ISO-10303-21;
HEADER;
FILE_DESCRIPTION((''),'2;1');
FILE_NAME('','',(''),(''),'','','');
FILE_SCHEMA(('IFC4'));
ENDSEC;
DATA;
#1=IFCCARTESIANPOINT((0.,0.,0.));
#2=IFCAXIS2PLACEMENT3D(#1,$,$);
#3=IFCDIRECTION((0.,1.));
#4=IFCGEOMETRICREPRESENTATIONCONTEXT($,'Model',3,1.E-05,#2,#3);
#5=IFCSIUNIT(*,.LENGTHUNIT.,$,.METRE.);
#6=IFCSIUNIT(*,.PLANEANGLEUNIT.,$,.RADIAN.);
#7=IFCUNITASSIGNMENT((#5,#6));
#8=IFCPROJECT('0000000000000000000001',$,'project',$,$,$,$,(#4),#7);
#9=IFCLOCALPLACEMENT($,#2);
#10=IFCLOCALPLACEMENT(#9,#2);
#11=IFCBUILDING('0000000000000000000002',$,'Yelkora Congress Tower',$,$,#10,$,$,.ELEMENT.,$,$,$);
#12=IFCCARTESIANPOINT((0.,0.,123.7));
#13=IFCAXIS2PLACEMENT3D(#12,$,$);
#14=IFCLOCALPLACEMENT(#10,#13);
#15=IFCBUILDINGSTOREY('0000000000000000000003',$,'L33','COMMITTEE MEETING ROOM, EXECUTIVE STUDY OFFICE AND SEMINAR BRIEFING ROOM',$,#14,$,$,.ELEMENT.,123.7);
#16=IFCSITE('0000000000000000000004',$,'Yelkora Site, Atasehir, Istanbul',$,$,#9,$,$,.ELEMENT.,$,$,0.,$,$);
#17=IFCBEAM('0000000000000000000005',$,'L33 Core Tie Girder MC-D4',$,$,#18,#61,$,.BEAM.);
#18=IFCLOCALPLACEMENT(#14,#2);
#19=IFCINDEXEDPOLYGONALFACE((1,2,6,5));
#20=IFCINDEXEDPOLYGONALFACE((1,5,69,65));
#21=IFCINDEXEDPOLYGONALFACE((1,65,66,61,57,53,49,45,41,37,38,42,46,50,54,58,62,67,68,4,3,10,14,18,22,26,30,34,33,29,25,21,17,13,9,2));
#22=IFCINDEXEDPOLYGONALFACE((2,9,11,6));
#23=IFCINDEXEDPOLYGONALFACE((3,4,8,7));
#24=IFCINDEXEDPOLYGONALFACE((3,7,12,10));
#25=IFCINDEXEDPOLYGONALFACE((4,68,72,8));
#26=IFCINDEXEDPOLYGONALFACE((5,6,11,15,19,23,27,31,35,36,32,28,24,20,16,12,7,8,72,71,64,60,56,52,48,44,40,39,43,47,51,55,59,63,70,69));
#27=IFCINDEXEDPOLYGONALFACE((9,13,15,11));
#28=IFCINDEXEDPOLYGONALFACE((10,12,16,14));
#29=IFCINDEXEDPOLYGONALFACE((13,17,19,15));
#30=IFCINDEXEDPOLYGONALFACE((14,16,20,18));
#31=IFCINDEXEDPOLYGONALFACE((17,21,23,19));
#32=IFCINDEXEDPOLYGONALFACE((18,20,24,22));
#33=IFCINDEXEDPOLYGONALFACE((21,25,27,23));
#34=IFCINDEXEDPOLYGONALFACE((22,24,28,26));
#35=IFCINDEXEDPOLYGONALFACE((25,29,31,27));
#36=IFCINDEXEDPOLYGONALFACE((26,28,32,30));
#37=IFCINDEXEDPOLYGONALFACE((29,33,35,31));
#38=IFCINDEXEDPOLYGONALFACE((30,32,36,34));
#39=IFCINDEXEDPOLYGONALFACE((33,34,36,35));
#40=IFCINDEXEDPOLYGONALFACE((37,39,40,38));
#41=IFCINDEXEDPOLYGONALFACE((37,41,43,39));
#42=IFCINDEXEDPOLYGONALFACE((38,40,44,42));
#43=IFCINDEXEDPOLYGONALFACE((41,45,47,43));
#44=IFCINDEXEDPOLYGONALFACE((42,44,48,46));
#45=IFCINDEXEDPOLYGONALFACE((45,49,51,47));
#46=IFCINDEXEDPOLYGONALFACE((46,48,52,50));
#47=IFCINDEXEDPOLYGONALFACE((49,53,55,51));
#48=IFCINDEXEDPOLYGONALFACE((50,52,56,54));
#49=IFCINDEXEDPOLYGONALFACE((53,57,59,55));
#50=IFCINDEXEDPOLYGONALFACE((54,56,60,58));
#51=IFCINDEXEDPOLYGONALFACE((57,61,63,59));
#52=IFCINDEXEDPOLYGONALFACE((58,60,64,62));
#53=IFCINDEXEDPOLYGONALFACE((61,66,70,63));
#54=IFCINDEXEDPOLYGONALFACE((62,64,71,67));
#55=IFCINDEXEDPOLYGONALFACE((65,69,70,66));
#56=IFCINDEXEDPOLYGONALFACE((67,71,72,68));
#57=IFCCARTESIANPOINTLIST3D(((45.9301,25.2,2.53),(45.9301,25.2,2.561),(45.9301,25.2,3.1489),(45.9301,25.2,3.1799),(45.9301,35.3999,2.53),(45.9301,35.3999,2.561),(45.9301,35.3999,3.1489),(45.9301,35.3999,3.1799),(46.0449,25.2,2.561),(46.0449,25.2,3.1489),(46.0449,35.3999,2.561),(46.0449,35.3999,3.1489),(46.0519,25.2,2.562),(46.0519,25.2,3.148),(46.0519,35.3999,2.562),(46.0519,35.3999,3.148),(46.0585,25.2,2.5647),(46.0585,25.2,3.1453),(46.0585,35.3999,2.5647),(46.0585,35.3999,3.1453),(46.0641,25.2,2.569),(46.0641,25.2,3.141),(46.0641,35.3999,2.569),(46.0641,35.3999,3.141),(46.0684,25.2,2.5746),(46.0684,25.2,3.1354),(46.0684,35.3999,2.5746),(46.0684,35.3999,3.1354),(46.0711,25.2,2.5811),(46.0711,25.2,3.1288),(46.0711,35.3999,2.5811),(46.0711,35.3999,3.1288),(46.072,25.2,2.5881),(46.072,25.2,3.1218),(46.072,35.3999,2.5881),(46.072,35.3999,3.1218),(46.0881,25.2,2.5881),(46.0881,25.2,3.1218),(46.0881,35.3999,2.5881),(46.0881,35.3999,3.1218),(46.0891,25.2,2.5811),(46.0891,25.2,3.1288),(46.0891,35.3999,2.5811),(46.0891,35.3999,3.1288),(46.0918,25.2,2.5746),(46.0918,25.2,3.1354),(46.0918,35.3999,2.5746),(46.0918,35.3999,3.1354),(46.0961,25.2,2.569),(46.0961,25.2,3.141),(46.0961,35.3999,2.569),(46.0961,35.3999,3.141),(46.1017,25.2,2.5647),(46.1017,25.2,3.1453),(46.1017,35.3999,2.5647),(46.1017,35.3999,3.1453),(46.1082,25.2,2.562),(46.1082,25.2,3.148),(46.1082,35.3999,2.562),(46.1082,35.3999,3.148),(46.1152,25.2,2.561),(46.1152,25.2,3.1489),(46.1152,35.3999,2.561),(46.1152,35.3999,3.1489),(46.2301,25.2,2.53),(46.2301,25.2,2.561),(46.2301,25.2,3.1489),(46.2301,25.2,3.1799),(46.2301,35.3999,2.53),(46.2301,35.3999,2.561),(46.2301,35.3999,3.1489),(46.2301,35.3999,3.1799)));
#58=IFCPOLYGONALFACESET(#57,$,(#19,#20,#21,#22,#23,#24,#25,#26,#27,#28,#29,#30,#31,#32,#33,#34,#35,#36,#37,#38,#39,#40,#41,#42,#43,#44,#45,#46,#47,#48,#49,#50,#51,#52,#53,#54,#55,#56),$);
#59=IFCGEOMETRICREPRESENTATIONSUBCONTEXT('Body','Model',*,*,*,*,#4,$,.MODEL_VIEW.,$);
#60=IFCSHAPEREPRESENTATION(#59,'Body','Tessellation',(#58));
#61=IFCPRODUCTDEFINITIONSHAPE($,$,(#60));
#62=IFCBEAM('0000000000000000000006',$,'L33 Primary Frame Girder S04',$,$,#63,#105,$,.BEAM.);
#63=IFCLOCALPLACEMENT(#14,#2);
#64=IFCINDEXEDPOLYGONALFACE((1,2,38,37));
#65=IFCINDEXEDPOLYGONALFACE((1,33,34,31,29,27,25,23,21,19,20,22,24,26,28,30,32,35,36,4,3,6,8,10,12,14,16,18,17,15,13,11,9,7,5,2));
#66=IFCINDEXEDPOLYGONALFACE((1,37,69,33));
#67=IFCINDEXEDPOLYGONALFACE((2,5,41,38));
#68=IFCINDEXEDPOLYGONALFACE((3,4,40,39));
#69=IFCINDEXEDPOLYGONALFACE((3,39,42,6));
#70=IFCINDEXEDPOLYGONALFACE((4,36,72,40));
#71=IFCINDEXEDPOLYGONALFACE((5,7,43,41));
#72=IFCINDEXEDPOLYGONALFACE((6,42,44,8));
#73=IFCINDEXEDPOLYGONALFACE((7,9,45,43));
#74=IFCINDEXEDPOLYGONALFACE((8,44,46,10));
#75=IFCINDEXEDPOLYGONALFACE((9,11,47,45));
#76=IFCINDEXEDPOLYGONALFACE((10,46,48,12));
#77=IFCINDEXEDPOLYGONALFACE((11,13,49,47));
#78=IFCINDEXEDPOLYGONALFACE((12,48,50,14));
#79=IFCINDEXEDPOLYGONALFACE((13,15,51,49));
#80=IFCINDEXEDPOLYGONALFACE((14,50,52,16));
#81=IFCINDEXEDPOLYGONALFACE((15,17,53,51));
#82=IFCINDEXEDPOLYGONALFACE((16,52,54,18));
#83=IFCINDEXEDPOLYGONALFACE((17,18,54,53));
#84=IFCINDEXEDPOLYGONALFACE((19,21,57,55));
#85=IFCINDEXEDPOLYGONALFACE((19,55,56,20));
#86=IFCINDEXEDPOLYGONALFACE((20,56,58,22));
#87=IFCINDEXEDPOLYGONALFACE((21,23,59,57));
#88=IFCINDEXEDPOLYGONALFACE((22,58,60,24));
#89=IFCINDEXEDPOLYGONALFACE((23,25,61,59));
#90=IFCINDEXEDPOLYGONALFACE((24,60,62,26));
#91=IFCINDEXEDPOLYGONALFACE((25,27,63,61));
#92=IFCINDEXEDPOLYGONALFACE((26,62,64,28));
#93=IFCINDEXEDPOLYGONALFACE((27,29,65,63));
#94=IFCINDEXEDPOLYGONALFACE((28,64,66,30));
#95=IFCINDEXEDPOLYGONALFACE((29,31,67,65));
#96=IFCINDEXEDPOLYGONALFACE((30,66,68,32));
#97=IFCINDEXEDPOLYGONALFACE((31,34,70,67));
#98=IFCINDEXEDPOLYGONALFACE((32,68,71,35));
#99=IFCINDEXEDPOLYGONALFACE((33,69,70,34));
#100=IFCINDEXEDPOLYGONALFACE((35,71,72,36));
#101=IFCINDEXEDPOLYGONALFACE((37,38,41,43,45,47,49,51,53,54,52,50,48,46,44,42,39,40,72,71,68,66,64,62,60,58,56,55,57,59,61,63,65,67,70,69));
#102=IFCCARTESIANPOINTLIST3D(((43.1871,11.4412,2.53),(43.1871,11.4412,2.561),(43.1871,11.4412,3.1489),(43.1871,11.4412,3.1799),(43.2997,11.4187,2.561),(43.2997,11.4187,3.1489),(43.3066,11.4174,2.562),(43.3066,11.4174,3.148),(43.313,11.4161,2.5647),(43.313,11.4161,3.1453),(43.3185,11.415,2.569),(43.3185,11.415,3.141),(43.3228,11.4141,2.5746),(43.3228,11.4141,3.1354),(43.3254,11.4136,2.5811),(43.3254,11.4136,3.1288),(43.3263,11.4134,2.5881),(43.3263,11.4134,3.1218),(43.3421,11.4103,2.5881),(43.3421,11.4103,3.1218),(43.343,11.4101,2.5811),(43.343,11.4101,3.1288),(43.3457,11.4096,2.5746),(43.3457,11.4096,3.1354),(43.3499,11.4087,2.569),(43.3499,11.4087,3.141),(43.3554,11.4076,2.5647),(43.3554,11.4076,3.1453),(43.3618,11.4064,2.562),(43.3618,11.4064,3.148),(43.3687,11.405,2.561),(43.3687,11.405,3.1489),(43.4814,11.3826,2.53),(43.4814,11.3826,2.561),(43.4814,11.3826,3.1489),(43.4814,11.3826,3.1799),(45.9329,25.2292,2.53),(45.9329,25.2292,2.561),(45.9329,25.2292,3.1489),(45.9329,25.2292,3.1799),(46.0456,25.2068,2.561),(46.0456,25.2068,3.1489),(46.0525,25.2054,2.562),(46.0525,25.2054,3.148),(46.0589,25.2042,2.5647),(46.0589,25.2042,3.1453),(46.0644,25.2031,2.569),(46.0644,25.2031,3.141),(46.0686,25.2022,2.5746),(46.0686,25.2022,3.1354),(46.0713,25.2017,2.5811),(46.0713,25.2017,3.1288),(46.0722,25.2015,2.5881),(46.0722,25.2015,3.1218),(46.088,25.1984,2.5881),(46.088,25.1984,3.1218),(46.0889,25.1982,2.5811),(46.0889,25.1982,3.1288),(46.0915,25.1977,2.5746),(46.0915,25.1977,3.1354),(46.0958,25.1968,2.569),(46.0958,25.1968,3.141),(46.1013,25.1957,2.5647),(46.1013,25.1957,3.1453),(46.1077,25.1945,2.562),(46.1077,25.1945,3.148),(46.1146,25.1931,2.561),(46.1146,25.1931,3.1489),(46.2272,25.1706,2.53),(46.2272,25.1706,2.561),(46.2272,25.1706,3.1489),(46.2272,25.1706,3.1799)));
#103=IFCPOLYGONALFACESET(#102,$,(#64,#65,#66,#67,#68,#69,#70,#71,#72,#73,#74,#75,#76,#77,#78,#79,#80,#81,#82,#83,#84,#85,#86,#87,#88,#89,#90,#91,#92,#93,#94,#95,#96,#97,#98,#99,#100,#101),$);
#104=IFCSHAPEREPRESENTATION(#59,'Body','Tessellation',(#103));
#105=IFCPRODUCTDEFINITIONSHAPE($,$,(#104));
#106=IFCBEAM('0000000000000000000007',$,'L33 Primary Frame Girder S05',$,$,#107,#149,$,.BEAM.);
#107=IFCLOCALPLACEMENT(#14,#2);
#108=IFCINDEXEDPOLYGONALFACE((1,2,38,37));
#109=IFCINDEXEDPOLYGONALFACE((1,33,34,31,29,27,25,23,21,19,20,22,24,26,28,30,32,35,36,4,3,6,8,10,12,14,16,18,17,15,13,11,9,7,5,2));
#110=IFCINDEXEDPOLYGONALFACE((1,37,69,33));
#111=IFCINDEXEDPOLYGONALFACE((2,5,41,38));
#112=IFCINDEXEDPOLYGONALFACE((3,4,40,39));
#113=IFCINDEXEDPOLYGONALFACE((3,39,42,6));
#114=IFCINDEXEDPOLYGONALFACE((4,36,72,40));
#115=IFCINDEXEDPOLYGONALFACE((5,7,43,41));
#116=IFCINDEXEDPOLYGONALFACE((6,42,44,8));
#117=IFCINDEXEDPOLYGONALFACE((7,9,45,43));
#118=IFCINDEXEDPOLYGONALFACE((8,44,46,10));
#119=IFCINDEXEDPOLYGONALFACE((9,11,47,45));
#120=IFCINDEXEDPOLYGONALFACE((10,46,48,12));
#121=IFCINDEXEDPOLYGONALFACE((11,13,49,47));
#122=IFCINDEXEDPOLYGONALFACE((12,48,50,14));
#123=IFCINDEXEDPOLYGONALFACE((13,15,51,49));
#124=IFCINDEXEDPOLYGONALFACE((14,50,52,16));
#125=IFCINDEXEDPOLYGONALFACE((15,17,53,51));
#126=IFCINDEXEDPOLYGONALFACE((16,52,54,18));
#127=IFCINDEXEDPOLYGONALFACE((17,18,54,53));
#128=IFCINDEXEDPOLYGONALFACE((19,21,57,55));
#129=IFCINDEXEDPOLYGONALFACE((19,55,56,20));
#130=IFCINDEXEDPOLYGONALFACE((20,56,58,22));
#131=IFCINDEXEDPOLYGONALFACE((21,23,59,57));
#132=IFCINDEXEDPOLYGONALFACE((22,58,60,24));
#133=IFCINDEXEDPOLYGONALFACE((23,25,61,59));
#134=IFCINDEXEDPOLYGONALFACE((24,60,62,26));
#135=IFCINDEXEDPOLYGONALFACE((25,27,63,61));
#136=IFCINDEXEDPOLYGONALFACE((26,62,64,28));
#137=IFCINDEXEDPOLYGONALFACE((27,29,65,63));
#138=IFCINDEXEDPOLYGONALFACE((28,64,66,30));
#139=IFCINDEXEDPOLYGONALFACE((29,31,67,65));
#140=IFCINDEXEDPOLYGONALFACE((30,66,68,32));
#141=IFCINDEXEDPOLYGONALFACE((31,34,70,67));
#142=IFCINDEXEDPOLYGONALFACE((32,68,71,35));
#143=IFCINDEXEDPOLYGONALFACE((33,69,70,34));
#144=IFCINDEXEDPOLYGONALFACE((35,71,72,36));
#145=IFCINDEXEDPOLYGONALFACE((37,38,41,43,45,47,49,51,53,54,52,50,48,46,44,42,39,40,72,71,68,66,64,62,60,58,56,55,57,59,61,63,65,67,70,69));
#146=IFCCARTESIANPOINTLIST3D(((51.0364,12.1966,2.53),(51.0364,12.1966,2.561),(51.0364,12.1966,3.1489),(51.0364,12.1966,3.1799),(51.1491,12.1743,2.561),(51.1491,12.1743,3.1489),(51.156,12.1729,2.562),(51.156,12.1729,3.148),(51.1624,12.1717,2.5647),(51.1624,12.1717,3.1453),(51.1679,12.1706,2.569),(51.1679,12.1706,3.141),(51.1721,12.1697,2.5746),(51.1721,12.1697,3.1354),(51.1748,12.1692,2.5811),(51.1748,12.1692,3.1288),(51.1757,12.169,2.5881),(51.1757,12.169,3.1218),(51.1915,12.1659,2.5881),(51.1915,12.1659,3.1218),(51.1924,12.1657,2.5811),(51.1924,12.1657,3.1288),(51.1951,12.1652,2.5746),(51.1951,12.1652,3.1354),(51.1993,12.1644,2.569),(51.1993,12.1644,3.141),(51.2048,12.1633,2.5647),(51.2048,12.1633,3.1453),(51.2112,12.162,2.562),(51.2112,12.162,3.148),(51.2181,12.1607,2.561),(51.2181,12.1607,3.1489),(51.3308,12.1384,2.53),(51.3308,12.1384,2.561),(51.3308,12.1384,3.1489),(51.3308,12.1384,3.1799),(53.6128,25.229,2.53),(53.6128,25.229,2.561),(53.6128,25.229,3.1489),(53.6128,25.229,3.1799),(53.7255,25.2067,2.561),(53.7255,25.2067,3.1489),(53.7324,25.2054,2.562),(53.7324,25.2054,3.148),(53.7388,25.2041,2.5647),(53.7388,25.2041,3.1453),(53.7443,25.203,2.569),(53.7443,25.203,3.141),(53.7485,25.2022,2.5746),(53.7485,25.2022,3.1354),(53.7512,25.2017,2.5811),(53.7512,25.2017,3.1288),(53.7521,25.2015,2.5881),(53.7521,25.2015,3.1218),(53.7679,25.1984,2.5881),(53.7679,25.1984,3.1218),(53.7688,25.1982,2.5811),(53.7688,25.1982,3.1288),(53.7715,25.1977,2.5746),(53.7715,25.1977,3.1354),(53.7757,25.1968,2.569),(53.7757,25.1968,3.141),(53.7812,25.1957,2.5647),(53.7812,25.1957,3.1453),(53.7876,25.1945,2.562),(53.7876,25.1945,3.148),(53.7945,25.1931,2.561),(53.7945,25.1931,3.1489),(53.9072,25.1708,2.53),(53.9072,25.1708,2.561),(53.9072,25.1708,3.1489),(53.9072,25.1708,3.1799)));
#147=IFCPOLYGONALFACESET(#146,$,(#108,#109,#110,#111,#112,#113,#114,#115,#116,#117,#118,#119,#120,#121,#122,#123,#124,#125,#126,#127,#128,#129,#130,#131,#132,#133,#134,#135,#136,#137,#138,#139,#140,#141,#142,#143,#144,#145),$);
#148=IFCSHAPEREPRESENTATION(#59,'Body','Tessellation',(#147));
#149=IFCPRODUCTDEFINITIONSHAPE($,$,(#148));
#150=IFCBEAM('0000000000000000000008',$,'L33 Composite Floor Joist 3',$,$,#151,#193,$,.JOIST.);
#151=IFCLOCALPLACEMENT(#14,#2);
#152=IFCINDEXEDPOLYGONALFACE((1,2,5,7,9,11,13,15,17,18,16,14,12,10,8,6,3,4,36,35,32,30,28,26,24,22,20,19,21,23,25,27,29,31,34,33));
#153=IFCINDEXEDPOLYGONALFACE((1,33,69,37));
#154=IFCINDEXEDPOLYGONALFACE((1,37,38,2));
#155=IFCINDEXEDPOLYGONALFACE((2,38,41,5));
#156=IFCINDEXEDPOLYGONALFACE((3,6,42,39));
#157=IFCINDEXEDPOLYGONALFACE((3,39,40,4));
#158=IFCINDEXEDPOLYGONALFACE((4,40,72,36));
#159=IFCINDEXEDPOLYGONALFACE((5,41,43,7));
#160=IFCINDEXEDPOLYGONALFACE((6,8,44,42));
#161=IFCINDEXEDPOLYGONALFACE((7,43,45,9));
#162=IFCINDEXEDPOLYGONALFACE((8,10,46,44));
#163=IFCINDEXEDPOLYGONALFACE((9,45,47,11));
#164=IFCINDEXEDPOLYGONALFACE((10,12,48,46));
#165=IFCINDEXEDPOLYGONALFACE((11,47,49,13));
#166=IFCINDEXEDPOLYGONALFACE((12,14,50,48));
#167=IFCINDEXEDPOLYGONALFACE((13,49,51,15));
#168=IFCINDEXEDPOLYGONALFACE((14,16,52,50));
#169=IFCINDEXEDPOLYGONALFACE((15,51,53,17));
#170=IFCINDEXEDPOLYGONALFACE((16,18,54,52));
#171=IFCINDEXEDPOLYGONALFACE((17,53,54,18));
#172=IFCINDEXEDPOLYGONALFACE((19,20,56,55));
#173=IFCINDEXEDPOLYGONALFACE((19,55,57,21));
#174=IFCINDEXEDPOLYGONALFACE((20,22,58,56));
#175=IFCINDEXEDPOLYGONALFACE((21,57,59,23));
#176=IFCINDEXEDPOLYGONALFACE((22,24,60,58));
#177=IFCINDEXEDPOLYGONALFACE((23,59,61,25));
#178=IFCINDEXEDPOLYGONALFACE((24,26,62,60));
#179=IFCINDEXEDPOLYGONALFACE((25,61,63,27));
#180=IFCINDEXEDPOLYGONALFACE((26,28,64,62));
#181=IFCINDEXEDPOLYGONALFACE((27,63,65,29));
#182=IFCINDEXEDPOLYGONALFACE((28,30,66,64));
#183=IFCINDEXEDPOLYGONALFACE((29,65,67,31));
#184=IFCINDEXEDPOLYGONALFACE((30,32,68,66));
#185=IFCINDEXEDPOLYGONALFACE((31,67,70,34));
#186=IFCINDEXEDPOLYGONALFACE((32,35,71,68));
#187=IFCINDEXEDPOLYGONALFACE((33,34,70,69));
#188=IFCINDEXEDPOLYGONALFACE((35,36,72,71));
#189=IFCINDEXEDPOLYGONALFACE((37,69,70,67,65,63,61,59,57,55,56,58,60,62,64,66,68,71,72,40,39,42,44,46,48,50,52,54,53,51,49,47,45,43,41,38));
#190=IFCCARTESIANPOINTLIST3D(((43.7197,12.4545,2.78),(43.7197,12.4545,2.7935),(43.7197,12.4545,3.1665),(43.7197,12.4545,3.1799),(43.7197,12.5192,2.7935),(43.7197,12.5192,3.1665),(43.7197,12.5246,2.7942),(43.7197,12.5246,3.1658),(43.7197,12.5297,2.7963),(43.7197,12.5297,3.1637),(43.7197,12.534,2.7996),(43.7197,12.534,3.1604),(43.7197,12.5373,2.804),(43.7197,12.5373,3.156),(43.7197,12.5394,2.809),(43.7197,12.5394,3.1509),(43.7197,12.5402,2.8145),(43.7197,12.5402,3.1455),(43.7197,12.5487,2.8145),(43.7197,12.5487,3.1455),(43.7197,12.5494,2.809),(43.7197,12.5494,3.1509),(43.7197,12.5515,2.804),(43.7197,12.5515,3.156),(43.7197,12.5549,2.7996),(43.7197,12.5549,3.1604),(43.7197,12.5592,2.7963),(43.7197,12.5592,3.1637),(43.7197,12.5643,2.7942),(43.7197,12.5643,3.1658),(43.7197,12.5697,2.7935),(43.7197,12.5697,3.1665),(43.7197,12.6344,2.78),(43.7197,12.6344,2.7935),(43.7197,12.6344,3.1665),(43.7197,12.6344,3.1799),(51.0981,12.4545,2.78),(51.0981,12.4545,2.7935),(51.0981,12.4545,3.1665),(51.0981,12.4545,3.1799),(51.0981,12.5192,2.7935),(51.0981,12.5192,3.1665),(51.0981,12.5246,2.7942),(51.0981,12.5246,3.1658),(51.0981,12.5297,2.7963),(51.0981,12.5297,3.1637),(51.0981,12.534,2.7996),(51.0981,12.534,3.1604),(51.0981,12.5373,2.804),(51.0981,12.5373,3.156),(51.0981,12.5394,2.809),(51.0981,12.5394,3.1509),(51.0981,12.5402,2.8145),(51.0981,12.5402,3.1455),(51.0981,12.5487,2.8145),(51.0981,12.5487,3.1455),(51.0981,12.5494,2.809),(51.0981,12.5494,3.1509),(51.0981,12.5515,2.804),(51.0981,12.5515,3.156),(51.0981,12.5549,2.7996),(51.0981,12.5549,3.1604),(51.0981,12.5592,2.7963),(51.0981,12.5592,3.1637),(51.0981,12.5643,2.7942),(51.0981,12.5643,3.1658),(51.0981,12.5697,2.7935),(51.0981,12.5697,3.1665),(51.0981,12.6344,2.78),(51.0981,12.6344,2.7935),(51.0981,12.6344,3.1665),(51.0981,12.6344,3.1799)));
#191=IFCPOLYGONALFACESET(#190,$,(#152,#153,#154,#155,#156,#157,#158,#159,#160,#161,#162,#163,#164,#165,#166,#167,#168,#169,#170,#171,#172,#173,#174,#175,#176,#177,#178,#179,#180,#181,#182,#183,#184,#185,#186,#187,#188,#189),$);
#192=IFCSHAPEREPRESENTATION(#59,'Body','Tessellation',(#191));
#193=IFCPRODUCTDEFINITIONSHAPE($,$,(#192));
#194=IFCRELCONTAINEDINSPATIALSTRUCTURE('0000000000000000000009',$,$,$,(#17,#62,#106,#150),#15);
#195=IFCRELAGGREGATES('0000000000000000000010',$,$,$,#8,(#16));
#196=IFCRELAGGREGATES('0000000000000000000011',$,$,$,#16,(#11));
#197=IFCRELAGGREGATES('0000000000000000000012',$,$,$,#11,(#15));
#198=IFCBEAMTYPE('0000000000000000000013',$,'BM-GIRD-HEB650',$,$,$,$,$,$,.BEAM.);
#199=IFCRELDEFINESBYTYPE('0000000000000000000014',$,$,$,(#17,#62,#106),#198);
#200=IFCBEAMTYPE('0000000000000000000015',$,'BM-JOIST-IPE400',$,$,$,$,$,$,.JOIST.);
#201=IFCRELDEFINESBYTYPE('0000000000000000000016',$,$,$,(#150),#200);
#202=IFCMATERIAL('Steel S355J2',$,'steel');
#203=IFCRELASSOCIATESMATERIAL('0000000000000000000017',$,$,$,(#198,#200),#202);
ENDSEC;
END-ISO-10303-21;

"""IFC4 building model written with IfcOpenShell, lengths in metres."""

from ifc_helpers import new_model, si_unit, direction, frame, origin, origin_2d, place, context, subcontext, project, spatial, i_section, extrude, material, material_profile, profile_set, type_object, element, save


model = new_model("IFC4")

# Units and contexts
model_context = context("Model", 3, precision=1e-05, world=origin(), true_north=direction((0.0, 1.0)))
body_context = subcontext(model_context, "Body", "Model", "MODEL_VIEW")
ifc_project = project(units=[si_unit("LENGTHUNIT", "METRE"), si_unit("PLANEANGLEUNIT", "RADIAN")], contexts=[model_context])

# Site, building, storey
site_placement = place(None, origin())
site = spatial("IfcSite", under=ifc_project, at=site_placement, Name="Yelkora Site, Atasehir, Istanbul", CompositionType="ELEMENT", RefElevation=0.0)
building_placement = place(site_placement, origin())
building = spatial("IfcBuilding", under=site, at=building_placement, Name="Yelkora Congress Tower", CompositionType="ELEMENT")
storey_placement = place(building_placement, frame((0.0, 0.0, 123.7)))
storey = spatial("IfcBuildingStorey", under=building, at=storey_placement, Name="L33", Description="COMMITTEE MEETING ROOM, EXECUTIVE STUDY OFFICE AND SEMINAR BRIEFING ROOM", CompositionType="ELEMENT", Elevation=123.7)

# Beams
ifc_material_1 = material(Name="Steel S355J2", Category="steel")
ifc_material_profile_1 = material_profile(ifc_material_1, i_section(OverallWidth=0.3, OverallDepth=0.6499, WebThickness=0.0161, FlangeThickness=0.031, FilletRadius=0.0271, at=origin_2d()), Name="HEB 650")
ifc_profile_set_1 = profile_set([ifc_material_profile_1], Name="Steel S355J2")
beam_type_1 = type_object("IfcBeamType", Name="BM-GIRD-HEB650", PredefinedType="BEAM", material=ifc_profile_set_1)
beam_1_placement = place(storey_placement, frame((46.0801, 25.2, 2.855), z_axis=(0.0, 1.0, 0.0), x_axis=(-1.0, 0.0, 0.0)))
element("IfcBeam", 1, at=beam_1_placement, inside=storey, type_object=beam_type_1, Name="L33 Core Tie Girder MC-D4", PredefinedType="BEAM", context=body_context, shape_type="SweptSolid", body=[
    extrude(i_section(OverallWidth=0.3, OverallDepth=0.6499, WebThickness=0.0161, FlangeThickness=0.031, FilletRadius=0.0271, at=origin_2d()), origin(), (0.0, 0.0, 1.0), 10.2),
])
beam_2_placement = place(storey_placement, frame((43.3342, 11.4119, 2.855), z_axis=(0.195311, 0.980741, 0.0), x_axis=(-0.980741, 0.195311, 0.0)))
element("IfcBeam", 2, at=beam_2_placement, inside=storey, type_object=beam_type_1, Name="L33 Primary Frame Girder S04", PredefinedType="BEAM", context=body_context, shape_type="SweptSolid", body=[
    extrude(i_section(OverallWidth=0.3, OverallDepth=0.6499, WebThickness=0.0161, FlangeThickness=0.031, FilletRadius=0.0271, at=origin_2d()), origin(), (0.0, 0.0, 1.0), 14.0588),
])
beam_3_placement = place(storey_placement, frame((51.1836, 12.1675, 2.855), z_axis=(0.193939, 0.981014, 0.0), x_axis=(-0.981014, 0.193939, 0.0)))
element("IfcBeam", 3, at=beam_3_placement, inside=storey, type_object=beam_type_1, Name="L33 Primary Frame Girder S05", PredefinedType="BEAM", context=body_context, shape_type="SweptSolid", body=[
    extrude(i_section(OverallWidth=0.3, OverallDepth=0.6499, WebThickness=0.0161, FlangeThickness=0.031, FilletRadius=0.0271, at=origin_2d()), origin(), (0.0, 0.0, 1.0), 13.2847),
])
ifc_material_profile_2 = material_profile(ifc_material_1, i_section(OverallWidth=0.1799, OverallDepth=0.3999, WebThickness=0.0085, FlangeThickness=0.0134, FilletRadius=0.021, at=origin_2d()), Name="IPE 400")
ifc_profile_set_2 = profile_set([ifc_material_profile_2], Name="Steel S355J2")
beam_type_2 = type_object("IfcBeamType", Name="BM-JOIST-IPE400", PredefinedType="JOIST", material=ifc_profile_set_2)
beam_4_placement = place(storey_placement, frame((43.7197, 12.5444, 2.98), z_axis=(1.0, 0.0, 0.0), x_axis=(0.0, 1.0, 0.0)))
element("IfcBeam", 4, at=beam_4_placement, inside=storey, type_object=beam_type_2, Name="L33 Composite Floor Joist 3", PredefinedType="JOIST", context=body_context, shape_type="SweptSolid", body=[
    extrude(i_section(OverallWidth=0.1799, OverallDepth=0.3999, WebThickness=0.0085, FlangeThickness=0.0134, FilletRadius=0.021, at=origin_2d()), origin(), (0.0, 0.0, 1.0), 7.3784),
])

save(model, "model.ifc")
